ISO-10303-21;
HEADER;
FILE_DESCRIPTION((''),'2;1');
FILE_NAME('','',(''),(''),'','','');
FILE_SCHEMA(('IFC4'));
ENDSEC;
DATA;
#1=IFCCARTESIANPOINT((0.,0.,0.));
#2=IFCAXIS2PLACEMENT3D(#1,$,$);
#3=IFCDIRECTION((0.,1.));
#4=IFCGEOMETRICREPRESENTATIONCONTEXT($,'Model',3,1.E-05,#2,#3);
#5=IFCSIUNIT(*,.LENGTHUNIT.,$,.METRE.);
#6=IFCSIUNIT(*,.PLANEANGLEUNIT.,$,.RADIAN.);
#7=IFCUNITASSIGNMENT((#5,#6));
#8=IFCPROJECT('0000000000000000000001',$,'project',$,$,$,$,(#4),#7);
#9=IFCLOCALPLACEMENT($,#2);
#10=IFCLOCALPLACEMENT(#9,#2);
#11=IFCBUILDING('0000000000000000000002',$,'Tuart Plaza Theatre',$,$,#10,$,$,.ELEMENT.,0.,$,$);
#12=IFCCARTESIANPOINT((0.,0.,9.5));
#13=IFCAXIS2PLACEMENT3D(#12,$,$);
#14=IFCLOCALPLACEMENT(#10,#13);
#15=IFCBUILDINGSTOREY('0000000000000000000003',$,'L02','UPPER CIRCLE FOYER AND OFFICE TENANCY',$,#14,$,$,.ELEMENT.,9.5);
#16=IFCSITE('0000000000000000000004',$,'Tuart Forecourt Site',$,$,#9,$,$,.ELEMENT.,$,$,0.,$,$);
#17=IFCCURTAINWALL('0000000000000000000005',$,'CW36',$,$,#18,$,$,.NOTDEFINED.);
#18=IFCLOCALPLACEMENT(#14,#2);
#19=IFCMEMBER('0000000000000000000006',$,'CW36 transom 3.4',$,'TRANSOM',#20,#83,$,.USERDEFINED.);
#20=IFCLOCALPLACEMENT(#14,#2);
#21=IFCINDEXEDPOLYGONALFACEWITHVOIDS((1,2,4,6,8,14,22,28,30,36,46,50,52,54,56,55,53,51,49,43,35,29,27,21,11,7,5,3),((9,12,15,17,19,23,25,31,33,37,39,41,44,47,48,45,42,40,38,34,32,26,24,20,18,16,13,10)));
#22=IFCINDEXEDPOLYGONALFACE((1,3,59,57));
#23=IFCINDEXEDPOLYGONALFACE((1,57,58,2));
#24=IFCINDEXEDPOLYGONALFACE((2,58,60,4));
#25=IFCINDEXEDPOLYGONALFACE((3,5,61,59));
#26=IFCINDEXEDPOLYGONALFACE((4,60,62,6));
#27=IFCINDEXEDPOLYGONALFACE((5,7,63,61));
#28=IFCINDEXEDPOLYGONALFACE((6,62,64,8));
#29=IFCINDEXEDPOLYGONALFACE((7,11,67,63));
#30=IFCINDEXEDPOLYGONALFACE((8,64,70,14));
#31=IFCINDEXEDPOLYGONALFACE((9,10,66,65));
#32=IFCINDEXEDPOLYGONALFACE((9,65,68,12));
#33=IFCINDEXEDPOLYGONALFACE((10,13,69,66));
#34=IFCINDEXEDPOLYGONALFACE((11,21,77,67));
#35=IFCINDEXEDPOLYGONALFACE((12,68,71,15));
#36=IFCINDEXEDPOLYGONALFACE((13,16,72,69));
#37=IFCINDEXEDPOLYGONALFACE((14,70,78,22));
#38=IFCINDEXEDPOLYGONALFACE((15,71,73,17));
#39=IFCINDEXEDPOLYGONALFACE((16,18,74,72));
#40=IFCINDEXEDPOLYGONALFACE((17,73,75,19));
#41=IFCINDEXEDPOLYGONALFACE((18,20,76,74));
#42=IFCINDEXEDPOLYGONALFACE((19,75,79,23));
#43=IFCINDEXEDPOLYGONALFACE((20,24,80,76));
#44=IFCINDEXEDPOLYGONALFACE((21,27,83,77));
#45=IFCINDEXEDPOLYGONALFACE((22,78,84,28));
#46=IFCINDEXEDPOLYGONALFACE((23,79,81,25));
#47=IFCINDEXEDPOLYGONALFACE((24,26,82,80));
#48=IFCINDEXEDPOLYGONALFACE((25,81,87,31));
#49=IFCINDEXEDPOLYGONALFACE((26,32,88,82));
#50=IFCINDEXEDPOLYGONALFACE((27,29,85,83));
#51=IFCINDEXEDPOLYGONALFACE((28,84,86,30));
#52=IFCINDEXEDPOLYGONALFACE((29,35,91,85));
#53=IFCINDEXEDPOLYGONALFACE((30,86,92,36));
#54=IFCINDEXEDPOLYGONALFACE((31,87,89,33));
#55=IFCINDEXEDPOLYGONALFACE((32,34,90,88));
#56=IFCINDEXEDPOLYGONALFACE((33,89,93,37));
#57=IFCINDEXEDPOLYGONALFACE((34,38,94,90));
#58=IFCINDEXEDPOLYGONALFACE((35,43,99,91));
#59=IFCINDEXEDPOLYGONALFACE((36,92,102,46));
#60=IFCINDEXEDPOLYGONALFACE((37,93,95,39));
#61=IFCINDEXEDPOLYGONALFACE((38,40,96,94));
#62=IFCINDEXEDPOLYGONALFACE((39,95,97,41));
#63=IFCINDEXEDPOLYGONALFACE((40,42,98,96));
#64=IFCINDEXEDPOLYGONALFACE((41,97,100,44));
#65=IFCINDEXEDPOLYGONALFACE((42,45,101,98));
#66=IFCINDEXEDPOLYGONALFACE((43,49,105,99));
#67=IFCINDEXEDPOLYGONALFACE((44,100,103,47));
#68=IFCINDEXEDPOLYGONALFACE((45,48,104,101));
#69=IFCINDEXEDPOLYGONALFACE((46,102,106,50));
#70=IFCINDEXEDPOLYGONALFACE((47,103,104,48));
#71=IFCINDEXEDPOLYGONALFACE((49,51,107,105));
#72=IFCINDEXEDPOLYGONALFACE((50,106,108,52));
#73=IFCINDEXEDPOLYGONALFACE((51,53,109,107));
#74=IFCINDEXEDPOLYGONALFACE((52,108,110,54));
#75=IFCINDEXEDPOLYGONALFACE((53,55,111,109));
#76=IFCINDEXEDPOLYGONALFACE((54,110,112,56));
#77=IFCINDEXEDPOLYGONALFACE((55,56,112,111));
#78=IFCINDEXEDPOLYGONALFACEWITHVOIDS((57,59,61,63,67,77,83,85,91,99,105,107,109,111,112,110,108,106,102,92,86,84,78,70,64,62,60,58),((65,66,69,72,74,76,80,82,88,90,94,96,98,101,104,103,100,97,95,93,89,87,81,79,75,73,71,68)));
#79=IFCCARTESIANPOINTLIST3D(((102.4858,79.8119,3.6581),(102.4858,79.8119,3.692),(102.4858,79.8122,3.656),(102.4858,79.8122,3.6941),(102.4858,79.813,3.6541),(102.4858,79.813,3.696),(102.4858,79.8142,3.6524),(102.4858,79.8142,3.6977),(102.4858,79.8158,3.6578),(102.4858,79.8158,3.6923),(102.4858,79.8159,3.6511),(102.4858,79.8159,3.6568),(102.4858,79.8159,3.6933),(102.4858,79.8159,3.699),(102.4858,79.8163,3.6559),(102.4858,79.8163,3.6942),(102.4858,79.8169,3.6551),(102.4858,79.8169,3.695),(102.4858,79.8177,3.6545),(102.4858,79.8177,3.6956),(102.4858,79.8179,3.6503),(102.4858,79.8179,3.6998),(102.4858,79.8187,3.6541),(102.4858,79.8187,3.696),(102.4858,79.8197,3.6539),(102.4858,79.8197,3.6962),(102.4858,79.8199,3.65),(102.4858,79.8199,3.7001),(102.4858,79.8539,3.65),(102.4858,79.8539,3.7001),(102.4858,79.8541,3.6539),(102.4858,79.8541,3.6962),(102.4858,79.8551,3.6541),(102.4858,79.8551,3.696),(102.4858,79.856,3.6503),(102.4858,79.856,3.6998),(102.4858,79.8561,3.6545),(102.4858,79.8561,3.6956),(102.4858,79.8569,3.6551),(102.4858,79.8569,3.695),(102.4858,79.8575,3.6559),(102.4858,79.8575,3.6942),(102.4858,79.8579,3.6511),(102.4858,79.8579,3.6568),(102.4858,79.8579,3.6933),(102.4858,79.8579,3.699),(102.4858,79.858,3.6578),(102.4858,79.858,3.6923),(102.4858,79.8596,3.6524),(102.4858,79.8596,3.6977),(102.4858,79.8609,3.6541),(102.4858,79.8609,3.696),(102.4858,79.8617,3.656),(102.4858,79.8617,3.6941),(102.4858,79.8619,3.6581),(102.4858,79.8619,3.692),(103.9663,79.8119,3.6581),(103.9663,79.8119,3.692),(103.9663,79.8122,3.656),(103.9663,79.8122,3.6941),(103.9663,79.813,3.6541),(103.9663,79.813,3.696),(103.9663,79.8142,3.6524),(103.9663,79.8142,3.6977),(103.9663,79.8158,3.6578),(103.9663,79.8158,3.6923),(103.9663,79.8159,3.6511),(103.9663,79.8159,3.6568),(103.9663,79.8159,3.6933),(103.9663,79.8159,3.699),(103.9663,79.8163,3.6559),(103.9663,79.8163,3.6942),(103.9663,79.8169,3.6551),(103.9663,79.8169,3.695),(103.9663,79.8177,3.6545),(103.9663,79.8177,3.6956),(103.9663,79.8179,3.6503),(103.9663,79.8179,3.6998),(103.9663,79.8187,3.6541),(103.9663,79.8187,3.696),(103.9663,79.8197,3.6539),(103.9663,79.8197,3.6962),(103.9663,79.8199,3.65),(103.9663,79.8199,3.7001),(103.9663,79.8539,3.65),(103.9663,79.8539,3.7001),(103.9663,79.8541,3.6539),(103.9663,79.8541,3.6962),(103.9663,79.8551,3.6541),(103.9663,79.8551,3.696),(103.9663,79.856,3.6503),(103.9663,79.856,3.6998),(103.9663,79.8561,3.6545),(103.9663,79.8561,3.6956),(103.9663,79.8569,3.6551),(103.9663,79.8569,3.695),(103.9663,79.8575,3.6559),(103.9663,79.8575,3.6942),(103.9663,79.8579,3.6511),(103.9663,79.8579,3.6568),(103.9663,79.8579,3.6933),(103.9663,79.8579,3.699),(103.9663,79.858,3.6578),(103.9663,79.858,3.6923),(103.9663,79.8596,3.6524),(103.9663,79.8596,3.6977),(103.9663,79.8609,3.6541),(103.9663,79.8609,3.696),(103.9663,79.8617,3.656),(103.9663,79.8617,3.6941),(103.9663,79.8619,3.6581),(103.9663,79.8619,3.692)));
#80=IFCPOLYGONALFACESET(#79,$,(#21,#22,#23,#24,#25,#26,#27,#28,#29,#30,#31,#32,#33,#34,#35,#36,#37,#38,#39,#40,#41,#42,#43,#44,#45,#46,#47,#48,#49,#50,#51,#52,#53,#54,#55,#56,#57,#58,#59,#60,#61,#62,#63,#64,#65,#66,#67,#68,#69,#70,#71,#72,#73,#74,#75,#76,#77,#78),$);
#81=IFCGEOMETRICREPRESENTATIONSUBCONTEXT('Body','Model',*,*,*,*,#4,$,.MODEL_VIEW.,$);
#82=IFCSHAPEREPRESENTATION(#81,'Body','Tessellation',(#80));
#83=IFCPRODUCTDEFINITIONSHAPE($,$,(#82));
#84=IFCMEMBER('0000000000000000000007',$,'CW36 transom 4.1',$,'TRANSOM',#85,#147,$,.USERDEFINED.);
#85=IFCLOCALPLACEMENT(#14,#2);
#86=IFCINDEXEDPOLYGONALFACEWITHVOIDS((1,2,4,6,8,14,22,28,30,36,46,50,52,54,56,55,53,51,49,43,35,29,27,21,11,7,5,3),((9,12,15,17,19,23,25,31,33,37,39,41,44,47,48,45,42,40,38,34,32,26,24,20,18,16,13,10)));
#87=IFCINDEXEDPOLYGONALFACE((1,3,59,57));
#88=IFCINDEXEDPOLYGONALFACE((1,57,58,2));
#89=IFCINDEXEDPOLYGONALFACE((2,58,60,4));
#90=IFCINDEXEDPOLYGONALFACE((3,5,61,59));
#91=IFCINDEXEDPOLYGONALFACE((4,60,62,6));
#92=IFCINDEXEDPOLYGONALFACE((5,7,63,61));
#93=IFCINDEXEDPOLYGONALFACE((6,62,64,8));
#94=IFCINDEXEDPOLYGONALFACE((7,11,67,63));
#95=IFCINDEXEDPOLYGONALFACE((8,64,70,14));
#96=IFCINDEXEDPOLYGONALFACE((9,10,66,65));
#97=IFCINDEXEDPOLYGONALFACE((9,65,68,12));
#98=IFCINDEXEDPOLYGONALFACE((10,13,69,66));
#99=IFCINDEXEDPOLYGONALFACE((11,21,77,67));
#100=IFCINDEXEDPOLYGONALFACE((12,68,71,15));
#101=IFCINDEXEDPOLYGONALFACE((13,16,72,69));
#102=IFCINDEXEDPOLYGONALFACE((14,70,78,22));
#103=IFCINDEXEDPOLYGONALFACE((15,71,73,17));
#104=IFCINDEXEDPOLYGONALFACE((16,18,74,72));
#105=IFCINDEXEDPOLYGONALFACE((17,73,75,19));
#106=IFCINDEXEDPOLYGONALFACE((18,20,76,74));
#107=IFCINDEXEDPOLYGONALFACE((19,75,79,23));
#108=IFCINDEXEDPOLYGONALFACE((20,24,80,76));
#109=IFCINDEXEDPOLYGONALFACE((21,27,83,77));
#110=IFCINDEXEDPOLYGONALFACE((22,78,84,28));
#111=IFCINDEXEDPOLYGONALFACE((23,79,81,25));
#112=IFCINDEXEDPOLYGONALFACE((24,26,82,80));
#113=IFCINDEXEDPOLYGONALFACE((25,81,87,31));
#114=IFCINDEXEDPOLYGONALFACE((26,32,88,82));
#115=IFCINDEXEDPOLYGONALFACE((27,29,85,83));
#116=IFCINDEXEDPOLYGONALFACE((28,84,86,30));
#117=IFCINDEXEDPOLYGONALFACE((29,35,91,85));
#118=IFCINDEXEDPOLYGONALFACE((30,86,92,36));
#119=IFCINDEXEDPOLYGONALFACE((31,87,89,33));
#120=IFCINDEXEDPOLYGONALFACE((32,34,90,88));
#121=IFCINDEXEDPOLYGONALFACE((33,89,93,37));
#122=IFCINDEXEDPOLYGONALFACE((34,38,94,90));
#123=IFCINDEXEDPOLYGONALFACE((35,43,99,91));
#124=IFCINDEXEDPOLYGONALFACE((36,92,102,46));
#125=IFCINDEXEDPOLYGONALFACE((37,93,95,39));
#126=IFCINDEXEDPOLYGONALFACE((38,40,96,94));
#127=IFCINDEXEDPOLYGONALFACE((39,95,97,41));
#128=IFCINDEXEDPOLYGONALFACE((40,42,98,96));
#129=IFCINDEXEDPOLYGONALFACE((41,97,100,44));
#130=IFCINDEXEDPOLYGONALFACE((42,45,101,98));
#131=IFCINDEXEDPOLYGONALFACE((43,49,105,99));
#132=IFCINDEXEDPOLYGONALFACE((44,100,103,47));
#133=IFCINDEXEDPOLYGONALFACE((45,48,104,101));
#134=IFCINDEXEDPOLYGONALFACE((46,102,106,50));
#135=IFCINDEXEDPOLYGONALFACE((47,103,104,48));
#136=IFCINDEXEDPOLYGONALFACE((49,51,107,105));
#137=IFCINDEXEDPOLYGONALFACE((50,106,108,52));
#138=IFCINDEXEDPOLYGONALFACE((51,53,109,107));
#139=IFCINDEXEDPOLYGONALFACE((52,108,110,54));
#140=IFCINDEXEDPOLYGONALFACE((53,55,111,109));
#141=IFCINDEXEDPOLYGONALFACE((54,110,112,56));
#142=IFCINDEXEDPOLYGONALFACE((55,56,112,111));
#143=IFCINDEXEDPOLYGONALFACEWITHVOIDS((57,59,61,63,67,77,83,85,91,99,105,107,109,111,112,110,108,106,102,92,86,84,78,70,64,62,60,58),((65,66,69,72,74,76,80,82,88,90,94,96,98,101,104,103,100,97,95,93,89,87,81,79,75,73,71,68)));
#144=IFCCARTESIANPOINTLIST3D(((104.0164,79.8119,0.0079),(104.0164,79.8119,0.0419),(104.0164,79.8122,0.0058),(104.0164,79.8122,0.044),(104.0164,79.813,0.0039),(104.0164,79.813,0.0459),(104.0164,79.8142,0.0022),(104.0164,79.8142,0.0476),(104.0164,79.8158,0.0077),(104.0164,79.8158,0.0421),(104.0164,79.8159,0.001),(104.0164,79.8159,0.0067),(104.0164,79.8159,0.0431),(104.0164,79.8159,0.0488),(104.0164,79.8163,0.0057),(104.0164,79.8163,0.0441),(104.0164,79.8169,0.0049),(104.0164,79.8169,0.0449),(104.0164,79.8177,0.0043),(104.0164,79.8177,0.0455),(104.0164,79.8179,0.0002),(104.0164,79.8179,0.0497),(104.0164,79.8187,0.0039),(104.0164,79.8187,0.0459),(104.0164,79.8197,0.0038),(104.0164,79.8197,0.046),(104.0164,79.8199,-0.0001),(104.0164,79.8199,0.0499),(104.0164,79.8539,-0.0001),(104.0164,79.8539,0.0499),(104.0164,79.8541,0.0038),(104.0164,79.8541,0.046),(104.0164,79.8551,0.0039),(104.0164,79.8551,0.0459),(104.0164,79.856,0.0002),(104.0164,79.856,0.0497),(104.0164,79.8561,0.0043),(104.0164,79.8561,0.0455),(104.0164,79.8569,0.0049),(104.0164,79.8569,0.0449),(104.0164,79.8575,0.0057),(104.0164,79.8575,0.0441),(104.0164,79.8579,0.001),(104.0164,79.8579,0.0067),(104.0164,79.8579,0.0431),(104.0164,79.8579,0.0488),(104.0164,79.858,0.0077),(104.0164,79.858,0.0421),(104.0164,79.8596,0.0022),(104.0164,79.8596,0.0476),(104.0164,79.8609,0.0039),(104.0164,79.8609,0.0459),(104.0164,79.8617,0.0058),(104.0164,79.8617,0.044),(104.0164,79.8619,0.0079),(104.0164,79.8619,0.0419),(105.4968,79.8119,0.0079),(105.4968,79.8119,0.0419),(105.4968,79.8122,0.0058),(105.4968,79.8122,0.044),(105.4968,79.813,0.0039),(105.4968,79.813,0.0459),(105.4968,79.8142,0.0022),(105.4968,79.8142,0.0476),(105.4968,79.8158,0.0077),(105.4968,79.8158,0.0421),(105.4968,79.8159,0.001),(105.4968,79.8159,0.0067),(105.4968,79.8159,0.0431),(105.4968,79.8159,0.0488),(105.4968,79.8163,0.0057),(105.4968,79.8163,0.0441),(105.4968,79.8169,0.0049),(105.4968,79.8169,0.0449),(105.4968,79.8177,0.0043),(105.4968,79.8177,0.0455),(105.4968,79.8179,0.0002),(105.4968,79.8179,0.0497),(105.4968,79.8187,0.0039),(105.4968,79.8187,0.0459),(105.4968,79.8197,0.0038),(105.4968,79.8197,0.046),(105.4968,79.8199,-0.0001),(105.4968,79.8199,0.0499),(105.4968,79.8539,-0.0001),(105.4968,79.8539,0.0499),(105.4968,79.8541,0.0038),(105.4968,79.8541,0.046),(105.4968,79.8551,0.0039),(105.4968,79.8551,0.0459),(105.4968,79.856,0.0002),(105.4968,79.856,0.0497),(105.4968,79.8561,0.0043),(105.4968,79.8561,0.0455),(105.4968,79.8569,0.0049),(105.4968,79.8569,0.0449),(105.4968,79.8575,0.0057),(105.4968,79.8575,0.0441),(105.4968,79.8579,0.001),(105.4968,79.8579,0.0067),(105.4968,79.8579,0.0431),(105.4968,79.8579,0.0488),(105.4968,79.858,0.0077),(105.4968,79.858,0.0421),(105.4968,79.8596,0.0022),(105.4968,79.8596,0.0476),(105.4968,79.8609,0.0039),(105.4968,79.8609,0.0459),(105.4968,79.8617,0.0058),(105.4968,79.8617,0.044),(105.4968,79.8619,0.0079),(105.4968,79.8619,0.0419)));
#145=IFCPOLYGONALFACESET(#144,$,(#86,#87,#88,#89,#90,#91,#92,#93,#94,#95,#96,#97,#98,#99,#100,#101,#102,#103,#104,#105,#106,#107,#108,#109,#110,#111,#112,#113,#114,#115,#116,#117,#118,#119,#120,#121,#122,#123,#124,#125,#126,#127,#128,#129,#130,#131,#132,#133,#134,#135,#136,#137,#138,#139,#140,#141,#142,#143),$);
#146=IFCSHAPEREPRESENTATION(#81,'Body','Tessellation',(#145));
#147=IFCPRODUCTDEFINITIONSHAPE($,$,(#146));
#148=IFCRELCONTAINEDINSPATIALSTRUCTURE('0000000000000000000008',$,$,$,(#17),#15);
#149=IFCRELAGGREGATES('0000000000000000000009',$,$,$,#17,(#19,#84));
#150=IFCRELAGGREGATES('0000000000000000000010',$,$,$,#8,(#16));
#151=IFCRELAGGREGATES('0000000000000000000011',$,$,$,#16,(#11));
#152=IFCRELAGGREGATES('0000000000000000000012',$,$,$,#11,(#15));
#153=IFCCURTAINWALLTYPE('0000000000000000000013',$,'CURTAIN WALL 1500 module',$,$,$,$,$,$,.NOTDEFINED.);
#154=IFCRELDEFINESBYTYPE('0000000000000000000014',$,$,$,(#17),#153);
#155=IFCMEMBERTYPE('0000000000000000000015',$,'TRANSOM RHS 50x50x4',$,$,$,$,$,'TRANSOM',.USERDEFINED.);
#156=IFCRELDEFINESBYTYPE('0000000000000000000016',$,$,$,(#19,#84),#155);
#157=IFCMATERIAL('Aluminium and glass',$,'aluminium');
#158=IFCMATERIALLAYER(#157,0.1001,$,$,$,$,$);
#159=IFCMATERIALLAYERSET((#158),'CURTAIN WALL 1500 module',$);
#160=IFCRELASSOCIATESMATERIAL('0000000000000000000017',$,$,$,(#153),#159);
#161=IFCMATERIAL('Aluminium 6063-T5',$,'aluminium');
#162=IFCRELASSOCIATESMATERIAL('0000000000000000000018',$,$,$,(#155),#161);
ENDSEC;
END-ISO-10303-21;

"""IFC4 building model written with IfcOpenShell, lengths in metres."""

from ifc_helpers import new_model, si_unit, direction, frame, origin, origin_2d, place, context, subcontext, project, spatial, hollow_rectangle, extrude, material, layer, layer_set, material_profile, profile_set, type_object, element, aggregate, save


model = new_model("IFC4")

# Units and contexts
model_context = context("Model", 3, precision=1e-05, world=origin(), true_north=direction((0.0, 1.0)))
body_context = subcontext(model_context, "Body", "Model", "MODEL_VIEW")
ifc_project = project(units=[si_unit("LENGTHUNIT", "METRE"), si_unit("PLANEANGLEUNIT", "RADIAN")], contexts=[model_context])

# Site, building, storey
site_placement = place(None, origin())
site = spatial("IfcSite", under=ifc_project, at=site_placement, Name="Tuart Forecourt Site", CompositionType="ELEMENT", RefElevation=0.0)
building_placement = place(site_placement, origin())
building = spatial("IfcBuilding", under=site, at=building_placement, Name="Tuart Plaza Theatre", CompositionType="ELEMENT", ElevationOfRefHeight=0.0)
storey_placement = place(building_placement, frame((0.0, 0.0, 9.5)))
storey = spatial("IfcBuildingStorey", under=building, at=storey_placement, Name="L02", Description="UPPER CIRCLE FOYER AND OFFICE TENANCY", CompositionType="ELEMENT", Elevation=9.5)

# Curtain wall, members
ifc_material_1 = material(Name="Aluminium and glass", Category="aluminium")
ifc_layer_1 = layer(ifc_material_1, 0.1001)
ifc_layer_set_1 = layer_set([ifc_layer_1], Name="CURTAIN WALL 1500 module")
curtain_wall_type = type_object("IfcCurtainWallType", Name="CURTAIN WALL 1500 module", PredefinedType="NOTDEFINED", material=ifc_layer_set_1)
curtain_wall_placement = place(storey_placement, origin())
curtain_wall = element("IfcCurtainWall", 1, at=curtain_wall_placement, inside=storey, type_object=curtain_wall_type, Name="CW36", PredefinedType="NOTDEFINED")
ifc_material_2 = material(Name="Aluminium 6063-T5", Category="aluminium")
ifc_material_profile_1 = material_profile(ifc_material_2, hollow_rectangle(XDim=0.05, YDim=0.05, WallThickness=0.0039, InnerFilletRadius=0.0039, OuterFilletRadius=0.0081, at=origin_2d()), Name="RHS 50x50x4")
ifc_profile_set_1 = profile_set([ifc_material_profile_1], Name="Aluminium 6063-T5")
member_type_1 = type_object("IfcMemberType", Name="TRANSOM RHS 50x50x4", ElementType="TRANSOM", PredefinedType="USERDEFINED", material=ifc_profile_set_1)
member_1_placement = place(storey_placement, frame((102.4858, 79.8369, 3.675), z_axis=(1.0, 0.0, 0.0), x_axis=(0.0, 1.0, 0.0)))
member_1 = element("IfcMember", 2, at=member_1_placement, type_object=member_type_1, Name="CW36 transom 3.4", ObjectType="TRANSOM", PredefinedType="USERDEFINED", context=body_context, shape_type="SweptSolid", body=[
    extrude(hollow_rectangle(XDim=0.05, YDim=0.05, WallThickness=0.0039, InnerFilletRadius=0.0039, OuterFilletRadius=0.0081, at=origin_2d()), origin(), (0.0, 0.0, 1.0), 1.4805),
])
member_2_placement = place(storey_placement, frame((104.0164, 79.8369, 0.0249), z_axis=(1.0, 0.0, 0.0), x_axis=(0.0, 1.0, 0.0)))
member_2 = element("IfcMember", 3, at=member_2_placement, type_object=member_type_1, Name="CW36 transom 4.1", ObjectType="TRANSOM", PredefinedType="USERDEFINED", context=body_context, shape_type="SweptSolid", body=[
    extrude(hollow_rectangle(XDim=0.05, YDim=0.05, WallThickness=0.0039, InnerFilletRadius=0.0039, OuterFilletRadius=0.0081, at=origin_2d()), origin(), (0.0, 0.0, 1.0), 1.4805),
])
aggregate(curtain_wall, [member_1, member_2])

save(model, "model.ifc")
